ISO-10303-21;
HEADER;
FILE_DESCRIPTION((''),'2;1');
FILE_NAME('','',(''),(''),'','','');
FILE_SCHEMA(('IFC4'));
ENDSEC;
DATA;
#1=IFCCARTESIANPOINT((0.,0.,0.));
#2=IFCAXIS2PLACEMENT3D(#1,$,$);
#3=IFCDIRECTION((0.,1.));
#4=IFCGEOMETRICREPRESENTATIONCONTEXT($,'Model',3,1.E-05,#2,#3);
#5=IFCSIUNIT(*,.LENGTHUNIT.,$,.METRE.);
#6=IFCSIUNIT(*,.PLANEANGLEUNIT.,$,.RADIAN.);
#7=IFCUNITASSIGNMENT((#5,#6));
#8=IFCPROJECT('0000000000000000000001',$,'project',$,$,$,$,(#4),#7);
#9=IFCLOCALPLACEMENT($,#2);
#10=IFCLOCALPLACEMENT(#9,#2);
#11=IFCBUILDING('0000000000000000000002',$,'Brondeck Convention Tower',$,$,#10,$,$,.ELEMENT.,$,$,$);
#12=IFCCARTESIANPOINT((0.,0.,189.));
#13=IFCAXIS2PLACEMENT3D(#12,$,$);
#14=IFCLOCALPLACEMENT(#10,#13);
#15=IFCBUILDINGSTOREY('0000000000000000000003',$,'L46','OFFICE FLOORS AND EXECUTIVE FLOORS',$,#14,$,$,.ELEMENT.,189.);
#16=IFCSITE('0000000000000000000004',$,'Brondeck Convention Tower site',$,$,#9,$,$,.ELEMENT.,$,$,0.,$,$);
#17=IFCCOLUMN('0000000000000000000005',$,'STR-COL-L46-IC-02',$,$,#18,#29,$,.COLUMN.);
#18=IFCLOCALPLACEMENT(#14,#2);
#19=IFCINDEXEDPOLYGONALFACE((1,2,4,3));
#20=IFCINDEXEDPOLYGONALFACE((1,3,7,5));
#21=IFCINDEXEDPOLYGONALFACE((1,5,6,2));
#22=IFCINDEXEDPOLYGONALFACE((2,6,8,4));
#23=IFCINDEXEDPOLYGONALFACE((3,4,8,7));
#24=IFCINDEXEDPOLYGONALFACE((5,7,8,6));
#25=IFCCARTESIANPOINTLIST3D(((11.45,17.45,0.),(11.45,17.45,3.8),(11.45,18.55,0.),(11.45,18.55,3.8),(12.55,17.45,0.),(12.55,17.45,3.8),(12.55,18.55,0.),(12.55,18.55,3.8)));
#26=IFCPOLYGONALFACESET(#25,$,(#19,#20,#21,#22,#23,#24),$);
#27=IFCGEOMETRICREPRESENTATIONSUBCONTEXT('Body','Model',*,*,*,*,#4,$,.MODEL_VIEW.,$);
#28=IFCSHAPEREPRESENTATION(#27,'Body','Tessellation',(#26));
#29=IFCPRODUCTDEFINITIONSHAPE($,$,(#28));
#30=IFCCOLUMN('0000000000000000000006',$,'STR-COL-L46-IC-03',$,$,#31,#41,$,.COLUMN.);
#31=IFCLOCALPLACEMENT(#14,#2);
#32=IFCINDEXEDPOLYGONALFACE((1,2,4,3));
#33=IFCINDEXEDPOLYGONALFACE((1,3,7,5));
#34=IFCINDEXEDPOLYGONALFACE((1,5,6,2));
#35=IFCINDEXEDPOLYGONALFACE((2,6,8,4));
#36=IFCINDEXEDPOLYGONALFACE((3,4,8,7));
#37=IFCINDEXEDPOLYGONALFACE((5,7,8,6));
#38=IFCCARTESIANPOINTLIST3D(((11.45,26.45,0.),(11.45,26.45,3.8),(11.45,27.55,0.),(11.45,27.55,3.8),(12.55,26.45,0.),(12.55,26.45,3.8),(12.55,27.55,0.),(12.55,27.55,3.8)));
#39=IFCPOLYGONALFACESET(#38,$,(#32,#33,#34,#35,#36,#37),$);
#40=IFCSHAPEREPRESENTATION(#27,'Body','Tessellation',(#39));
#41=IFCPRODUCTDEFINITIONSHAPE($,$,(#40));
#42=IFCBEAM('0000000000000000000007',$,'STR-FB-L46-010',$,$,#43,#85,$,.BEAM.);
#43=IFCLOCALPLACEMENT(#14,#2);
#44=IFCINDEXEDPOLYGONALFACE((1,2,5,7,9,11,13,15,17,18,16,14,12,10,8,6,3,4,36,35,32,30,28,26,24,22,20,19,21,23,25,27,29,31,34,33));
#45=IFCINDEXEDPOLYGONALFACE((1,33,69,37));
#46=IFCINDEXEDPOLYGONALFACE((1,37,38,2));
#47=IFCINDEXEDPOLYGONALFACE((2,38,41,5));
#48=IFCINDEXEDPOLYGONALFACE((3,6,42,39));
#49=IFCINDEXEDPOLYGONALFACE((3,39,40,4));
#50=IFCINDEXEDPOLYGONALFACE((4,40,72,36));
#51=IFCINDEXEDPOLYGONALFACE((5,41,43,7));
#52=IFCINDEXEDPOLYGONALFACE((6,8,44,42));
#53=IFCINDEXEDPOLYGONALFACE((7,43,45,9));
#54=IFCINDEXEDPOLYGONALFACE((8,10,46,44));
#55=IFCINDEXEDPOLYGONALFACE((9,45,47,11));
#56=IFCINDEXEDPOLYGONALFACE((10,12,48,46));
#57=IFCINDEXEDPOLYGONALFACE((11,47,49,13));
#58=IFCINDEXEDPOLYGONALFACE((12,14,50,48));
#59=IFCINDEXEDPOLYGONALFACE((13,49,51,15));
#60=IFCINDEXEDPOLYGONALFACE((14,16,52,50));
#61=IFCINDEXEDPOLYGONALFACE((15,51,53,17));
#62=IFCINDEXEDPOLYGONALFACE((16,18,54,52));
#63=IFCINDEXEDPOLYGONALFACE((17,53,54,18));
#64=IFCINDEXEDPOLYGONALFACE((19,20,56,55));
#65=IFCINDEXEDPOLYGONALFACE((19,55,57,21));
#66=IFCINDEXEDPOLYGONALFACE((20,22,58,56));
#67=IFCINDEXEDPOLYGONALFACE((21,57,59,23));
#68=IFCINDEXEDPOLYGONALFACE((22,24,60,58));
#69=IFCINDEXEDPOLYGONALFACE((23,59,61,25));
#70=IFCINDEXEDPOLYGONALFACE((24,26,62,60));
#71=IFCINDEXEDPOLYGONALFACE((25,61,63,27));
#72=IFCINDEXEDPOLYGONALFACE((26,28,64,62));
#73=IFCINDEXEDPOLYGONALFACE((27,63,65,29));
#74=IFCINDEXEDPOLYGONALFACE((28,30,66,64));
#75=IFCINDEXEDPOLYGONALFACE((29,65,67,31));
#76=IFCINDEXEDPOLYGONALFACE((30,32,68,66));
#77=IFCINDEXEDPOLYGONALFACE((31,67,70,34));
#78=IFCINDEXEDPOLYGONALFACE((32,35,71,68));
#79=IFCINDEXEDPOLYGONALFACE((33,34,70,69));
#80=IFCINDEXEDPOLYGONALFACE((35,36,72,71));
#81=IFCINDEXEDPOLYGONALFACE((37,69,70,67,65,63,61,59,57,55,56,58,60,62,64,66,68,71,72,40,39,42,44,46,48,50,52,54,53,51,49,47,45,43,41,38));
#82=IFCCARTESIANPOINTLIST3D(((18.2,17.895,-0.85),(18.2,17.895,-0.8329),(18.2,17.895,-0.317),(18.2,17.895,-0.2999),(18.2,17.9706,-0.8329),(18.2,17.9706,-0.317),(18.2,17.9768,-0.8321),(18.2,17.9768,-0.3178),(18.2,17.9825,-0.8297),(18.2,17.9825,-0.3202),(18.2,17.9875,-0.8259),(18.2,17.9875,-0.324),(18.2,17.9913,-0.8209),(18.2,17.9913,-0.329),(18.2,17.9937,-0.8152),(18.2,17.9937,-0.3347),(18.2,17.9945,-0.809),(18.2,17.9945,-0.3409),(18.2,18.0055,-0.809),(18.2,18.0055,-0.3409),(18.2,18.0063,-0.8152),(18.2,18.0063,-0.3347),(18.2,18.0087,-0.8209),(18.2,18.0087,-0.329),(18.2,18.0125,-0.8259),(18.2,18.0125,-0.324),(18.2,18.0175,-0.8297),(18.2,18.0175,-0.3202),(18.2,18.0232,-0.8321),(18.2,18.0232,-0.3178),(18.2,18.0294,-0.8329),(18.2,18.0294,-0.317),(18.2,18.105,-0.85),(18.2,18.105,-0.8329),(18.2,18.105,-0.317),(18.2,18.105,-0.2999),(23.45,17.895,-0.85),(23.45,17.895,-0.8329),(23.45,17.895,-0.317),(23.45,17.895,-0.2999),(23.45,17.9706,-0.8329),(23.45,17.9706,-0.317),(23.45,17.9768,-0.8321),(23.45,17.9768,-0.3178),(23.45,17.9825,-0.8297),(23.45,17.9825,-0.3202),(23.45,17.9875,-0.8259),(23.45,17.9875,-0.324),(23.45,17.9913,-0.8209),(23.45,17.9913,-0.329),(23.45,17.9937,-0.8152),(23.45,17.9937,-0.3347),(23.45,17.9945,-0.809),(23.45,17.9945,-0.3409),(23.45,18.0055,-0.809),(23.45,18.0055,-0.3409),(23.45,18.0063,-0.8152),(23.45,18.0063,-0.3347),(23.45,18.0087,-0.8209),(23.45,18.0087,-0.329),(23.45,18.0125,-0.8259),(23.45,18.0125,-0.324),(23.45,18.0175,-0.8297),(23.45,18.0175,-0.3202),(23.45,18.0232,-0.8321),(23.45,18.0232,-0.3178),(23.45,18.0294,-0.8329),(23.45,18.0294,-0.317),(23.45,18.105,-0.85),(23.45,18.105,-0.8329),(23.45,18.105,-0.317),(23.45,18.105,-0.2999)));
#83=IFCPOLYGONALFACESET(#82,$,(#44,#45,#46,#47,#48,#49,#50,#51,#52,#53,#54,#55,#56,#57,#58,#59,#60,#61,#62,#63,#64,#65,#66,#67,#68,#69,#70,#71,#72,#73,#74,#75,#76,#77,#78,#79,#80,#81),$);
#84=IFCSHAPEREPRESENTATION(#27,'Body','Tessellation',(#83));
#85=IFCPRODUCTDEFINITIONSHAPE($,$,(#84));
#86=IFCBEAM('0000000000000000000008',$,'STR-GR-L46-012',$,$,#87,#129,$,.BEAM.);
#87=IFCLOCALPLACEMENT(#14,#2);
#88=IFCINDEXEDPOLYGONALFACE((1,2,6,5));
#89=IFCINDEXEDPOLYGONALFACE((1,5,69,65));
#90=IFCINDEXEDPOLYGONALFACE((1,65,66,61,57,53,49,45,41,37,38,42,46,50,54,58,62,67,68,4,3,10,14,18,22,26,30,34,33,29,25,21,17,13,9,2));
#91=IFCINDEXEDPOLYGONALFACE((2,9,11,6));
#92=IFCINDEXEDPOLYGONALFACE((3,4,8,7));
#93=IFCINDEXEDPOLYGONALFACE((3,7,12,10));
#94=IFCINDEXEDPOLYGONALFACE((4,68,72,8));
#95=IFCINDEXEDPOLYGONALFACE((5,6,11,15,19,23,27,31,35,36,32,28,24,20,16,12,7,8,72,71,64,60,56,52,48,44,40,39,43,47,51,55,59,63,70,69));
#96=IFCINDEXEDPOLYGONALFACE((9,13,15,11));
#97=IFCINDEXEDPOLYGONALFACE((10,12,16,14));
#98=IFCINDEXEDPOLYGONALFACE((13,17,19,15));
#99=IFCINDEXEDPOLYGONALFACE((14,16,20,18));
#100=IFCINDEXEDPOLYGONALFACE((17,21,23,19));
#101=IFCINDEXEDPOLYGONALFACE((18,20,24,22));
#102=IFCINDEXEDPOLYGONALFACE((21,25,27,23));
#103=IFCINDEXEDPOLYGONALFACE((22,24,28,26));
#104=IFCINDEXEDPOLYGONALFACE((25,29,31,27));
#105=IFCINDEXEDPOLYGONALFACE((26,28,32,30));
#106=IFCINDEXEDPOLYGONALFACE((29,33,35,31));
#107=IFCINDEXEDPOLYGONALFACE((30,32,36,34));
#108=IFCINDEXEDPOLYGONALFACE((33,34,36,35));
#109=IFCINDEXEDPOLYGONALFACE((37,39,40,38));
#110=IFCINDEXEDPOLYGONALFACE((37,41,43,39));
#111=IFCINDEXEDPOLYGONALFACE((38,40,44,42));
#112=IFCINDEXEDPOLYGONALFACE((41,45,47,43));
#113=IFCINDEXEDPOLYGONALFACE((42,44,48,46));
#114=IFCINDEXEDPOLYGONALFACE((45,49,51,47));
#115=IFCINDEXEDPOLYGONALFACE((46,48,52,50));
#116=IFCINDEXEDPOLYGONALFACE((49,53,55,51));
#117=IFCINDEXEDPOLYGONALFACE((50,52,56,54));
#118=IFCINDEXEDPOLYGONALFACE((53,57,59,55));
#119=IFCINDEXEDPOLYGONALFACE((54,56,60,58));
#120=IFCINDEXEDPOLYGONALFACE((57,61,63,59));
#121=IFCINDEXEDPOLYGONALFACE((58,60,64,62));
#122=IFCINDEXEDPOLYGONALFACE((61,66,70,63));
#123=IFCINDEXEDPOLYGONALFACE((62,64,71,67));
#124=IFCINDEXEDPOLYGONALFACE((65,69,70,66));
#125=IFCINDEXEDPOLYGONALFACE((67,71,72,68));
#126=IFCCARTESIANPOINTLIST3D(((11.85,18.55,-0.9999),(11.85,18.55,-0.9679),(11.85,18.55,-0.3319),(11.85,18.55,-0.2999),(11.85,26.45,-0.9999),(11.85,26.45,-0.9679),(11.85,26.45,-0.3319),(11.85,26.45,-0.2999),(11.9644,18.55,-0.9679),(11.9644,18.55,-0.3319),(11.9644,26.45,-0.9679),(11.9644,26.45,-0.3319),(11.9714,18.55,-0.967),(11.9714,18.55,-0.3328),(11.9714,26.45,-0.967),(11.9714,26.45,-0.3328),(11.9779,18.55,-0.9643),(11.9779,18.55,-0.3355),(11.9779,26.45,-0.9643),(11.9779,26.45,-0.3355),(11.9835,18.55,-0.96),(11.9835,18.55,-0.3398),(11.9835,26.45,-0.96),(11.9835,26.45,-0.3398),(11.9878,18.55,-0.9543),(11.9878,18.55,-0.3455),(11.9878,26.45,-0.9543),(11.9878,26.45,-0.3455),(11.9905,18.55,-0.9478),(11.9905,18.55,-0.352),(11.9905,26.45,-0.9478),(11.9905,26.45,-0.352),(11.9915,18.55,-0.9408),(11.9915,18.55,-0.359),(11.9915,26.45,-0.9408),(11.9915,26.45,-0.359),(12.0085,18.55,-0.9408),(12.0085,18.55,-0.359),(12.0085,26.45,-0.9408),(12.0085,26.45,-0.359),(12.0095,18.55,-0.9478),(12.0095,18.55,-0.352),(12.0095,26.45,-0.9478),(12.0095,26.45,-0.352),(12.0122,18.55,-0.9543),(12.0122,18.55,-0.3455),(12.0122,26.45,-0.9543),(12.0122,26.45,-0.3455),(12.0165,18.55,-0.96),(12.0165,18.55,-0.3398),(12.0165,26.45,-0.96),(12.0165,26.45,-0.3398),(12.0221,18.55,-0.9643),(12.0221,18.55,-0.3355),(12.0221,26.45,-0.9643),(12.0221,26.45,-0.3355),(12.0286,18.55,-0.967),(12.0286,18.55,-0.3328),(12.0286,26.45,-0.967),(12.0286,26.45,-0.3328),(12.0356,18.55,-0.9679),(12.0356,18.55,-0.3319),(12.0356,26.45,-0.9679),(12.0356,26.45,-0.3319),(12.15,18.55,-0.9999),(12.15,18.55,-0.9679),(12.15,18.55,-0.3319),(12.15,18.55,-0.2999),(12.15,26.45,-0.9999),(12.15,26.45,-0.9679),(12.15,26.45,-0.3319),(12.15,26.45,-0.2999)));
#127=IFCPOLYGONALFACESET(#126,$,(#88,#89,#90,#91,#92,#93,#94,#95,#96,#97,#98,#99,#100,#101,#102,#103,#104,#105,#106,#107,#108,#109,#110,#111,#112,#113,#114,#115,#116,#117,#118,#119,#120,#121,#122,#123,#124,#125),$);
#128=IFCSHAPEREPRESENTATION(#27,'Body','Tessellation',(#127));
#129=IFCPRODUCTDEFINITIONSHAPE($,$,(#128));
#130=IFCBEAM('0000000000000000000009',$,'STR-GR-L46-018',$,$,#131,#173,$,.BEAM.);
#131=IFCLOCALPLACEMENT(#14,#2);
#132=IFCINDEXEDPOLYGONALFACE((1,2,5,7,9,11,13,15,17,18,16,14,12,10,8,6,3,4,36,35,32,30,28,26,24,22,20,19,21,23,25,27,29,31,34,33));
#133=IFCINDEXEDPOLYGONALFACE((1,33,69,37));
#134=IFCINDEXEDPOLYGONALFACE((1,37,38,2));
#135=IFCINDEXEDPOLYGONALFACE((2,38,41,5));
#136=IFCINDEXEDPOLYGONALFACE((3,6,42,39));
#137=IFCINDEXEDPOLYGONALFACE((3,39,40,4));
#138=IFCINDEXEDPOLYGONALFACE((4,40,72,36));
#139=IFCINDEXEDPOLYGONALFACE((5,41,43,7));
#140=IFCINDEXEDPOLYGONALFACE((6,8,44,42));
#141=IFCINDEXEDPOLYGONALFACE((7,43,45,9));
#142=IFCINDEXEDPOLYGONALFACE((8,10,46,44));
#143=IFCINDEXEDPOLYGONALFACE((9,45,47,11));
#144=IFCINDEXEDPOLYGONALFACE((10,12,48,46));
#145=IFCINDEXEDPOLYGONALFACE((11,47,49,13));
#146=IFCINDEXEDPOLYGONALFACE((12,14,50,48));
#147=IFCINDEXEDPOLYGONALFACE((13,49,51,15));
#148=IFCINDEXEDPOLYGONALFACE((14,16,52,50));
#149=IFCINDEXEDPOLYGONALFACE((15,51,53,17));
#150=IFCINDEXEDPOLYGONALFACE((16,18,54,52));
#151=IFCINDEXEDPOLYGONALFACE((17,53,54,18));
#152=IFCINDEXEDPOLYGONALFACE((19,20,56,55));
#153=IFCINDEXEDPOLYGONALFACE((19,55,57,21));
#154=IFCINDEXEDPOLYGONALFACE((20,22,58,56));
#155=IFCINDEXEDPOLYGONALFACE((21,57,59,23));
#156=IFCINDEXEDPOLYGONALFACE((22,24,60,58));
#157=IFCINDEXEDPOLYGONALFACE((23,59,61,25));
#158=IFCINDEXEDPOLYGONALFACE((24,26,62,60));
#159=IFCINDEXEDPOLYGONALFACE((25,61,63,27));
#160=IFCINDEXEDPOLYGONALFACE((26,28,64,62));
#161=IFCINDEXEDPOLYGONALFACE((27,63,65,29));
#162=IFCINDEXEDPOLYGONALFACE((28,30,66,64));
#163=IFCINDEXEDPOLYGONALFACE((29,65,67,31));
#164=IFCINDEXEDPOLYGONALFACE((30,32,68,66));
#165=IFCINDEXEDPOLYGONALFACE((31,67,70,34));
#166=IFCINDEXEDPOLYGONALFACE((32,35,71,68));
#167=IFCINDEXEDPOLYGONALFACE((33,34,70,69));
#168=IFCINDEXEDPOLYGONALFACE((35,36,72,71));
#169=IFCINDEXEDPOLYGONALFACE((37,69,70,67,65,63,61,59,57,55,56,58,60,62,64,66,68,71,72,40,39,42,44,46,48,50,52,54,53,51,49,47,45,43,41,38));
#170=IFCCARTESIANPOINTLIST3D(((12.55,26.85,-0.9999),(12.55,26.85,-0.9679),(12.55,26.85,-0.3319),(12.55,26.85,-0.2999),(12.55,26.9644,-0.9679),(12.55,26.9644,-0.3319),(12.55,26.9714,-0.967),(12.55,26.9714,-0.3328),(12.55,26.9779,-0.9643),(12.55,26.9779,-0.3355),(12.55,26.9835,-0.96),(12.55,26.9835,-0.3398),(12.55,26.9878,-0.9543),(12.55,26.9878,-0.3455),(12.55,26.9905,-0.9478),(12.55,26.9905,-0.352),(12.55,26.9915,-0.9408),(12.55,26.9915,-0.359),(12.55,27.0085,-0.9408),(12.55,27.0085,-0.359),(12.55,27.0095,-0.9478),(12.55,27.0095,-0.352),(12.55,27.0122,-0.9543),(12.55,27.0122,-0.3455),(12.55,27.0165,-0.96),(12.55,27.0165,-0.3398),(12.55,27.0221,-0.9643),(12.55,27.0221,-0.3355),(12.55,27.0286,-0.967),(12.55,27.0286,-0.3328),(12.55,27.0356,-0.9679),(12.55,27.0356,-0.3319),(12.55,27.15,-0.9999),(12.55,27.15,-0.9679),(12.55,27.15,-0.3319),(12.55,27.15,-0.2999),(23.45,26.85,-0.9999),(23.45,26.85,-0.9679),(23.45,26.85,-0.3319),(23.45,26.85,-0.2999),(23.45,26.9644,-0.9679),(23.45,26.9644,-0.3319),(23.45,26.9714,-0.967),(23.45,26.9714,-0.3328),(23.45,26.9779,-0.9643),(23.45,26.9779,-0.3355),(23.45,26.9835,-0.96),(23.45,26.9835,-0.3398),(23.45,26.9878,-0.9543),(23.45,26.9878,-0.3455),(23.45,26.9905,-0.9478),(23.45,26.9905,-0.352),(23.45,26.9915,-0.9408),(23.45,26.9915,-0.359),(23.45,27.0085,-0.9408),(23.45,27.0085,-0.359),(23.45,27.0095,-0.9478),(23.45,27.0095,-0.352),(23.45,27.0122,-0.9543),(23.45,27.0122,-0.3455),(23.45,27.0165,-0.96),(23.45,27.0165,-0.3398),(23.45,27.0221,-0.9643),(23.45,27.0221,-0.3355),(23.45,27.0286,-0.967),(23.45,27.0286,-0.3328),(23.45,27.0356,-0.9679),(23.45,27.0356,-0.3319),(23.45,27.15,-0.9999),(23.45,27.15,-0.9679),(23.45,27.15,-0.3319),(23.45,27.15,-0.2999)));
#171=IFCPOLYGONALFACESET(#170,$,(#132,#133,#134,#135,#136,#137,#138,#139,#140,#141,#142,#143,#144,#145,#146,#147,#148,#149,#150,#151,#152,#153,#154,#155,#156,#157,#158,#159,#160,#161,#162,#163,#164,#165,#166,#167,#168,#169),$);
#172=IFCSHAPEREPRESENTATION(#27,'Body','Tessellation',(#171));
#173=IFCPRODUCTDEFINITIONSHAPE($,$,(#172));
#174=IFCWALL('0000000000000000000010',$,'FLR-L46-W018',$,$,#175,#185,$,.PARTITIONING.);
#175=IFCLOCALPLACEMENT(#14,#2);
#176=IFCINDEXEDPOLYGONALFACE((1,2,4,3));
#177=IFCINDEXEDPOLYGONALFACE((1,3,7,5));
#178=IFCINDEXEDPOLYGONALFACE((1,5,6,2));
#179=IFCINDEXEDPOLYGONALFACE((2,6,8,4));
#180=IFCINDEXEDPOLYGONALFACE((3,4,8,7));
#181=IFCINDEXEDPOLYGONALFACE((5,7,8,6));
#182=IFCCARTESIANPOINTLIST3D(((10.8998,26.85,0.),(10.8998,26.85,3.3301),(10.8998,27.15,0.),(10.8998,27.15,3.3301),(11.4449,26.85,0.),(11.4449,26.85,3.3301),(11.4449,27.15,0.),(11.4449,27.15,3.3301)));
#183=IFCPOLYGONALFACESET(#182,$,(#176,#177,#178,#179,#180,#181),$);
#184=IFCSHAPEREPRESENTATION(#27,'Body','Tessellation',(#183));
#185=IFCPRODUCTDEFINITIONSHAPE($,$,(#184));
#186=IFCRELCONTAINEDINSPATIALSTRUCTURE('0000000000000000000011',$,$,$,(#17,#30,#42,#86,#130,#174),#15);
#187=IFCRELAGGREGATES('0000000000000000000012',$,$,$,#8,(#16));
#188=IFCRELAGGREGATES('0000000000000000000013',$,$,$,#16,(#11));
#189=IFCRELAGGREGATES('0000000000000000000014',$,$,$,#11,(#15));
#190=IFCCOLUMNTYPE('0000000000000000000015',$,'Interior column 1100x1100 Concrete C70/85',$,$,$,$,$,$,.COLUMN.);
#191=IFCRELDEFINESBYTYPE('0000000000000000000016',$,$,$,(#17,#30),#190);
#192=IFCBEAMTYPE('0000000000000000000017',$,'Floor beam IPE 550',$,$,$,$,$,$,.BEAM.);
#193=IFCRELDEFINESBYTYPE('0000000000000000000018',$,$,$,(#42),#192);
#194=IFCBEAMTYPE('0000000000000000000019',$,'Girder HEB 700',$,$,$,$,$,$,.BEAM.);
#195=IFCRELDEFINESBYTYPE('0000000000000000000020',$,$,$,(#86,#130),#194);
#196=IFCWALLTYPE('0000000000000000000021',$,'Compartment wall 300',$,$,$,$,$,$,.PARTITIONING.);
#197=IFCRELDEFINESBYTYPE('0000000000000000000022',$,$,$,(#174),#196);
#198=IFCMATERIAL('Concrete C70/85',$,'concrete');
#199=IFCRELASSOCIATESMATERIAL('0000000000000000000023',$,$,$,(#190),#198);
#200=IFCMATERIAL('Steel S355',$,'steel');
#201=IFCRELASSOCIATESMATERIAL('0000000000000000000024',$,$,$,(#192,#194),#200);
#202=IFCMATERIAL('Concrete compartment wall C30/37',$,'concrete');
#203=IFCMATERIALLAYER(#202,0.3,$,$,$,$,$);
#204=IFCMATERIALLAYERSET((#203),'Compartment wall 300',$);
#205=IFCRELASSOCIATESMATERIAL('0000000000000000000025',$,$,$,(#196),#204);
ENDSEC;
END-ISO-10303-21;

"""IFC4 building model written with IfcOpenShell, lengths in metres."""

from ifc_helpers import new_model, si_unit, direction, frame, frame_2d, origin, origin_2d, place, context, subcontext, project, spatial, rectangle, i_section, extrude, material, layer, layer_set, material_profile, profile_set, type_object, element, save


model = new_model("IFC4")

# Units and contexts
model_context = context("Model", 3, precision=1e-05, world=origin(), true_north=direction((0.0, 1.0)))
body_context = subcontext(model_context, "Body", "Model", "MODEL_VIEW")
ifc_project = project(units=[si_unit("LENGTHUNIT", "METRE"), si_unit("PLANEANGLEUNIT", "RADIAN")], contexts=[model_context])

# Site, building, storey
site_placement = place(None, origin())
site = spatial("IfcSite", under=ifc_project, at=site_placement, Name="Brondeck Convention Tower site", CompositionType="ELEMENT", RefElevation=0.0)
building_placement = place(site_placement, origin())
building = spatial("IfcBuilding", under=site, at=building_placement, Name="Brondeck Convention Tower", CompositionType="ELEMENT")
storey_placement = place(building_placement, frame((0.0, 0.0, 189.0)))
storey = spatial("IfcBuildingStorey", under=building, at=storey_placement, Name="L46", Description="OFFICE FLOORS AND EXECUTIVE FLOORS", CompositionType="ELEMENT", Elevation=189.0)

# Columns
ifc_material_1 = material(Name="Concrete C70/85", Category="concrete")
ifc_material_profile_1 = material_profile(ifc_material_1, rectangle(XDim=1.1001, YDim=1.1001, at=origin_2d()), Name="Interior column 1100x1100 Concrete C70/85")
ifc_profile_set_1 = profile_set([ifc_material_profile_1], Name="Concrete C70/85")
column_type = type_object("IfcColumnType", Name="Interior column 1100x1100 Concrete C70/85", PredefinedType="COLUMN", material=ifc_profile_set_1)
for number, where, z_axis, x_axis, name in (
    (1, (12.0, 18.0, 0.0), (0.0, 0.0, 1.0), (1.0, 0.0, 0.0), "STR-COL-L46-IC-02"),
    (2, (12.0, 27.0, 0.0), (0.0, 0.0, 1.0), (1.0, 0.0, 0.0), "STR-COL-L46-IC-03"),
):
    element("IfcColumn", number, at=place(storey_placement, frame(where, z_axis=z_axis, x_axis=x_axis)), inside=storey, type_object=column_type, Name=name, PredefinedType="COLUMN", context=body_context, shape_type="SweptSolid", body=[
        extrude(rectangle(XDim=1.1001, YDim=1.1001, at=origin_2d()), origin(), (0.0, 0.0, 1.0), 3.8),
    ])

# Beams
ifc_material_2 = material(Name="Steel S355", Category="steel")
ifc_material_profile_2 = material_profile(ifc_material_2, i_section(OverallWidth=0.21, OverallDepth=0.55, WebThickness=0.011, FlangeThickness=0.0171, FilletRadius=0.0239, at=origin_2d()), Name="IPE 550")
ifc_profile_set_2 = profile_set([ifc_material_profile_2], Name="Steel S355")
beam_type_1 = type_object("IfcBeamType", Name="Floor beam IPE 550", PredefinedType="BEAM", material=ifc_profile_set_2)
beam_1_placement = place(storey_placement, frame((18.2, 18.0, -0.575), z_axis=(1.0, 0.0, 0.0), x_axis=(0.0, 1.0, 0.0)))
element("IfcBeam", 3, at=beam_1_placement, inside=storey, type_object=beam_type_1, Name="STR-FB-L46-010", PredefinedType="BEAM", context=body_context, shape_type="SweptSolid", body=[
    extrude(i_section(OverallWidth=0.21, OverallDepth=0.55, WebThickness=0.011, FlangeThickness=0.0171, FilletRadius=0.0239, at=origin_2d()), origin(), (0.0, 0.0, 1.0), 5.25),
])
ifc_material_profile_3 = material_profile(ifc_material_2, i_section(OverallWidth=0.3, OverallDepth=0.7, WebThickness=0.0171, FlangeThickness=0.032, FilletRadius=0.0271, at=origin_2d()), Name="HEB 700")
ifc_profile_set_3 = profile_set([ifc_material_profile_3], Name="Steel S355")
beam_type_2 = type_object("IfcBeamType", Name="Girder HEB 700", PredefinedType="BEAM", material=ifc_profile_set_3)
beam_2_placement = place(storey_placement, frame((12.0, 26.45, -0.6499), z_axis=(0.0, -1.0, 0.0), x_axis=(1.0, 0.0, 0.0)))
element("IfcBeam", 4, at=beam_2_placement, inside=storey, type_object=beam_type_2, Name="STR-GR-L46-012", PredefinedType="BEAM", context=body_context, shape_type="SweptSolid", body=[
    extrude(i_section(OverallWidth=0.3, OverallDepth=0.7, WebThickness=0.0171, FlangeThickness=0.032, FilletRadius=0.0271, at=origin_2d()), origin(), (0.0, 0.0, 1.0), 7.8999),
])
beam_3_placement = place(storey_placement, frame((12.55, 27.0, -0.6499), z_axis=(1.0, 0.0, 0.0), x_axis=(0.0, 1.0, 0.0)))
element("IfcBeam", 5, at=beam_3_placement, inside=storey, type_object=beam_type_2, Name="STR-GR-L46-018", PredefinedType="BEAM", context=body_context, shape_type="SweptSolid", body=[
    extrude(i_section(OverallWidth=0.3, OverallDepth=0.7, WebThickness=0.0171, FlangeThickness=0.032, FilletRadius=0.0271, at=origin_2d()), origin(), (0.0, 0.0, 1.0), 10.8999),
])

# Wall
ifc_material_3 = material(Name="Concrete compartment wall C30/37", Category="concrete")
ifc_layer_1 = layer(ifc_material_3, 0.3)
ifc_layer_set_1 = layer_set([ifc_layer_1], Name="Compartment wall 300")
wall_type_1 = type_object("IfcWallType", Name="Compartment wall 300", PredefinedType="PARTITIONING", material=ifc_layer_set_1)
wall_1_placement = place(storey_placement, frame((10.8999, 27.0, 0.0), z_axis=(0.0, 0.0, 1.0), x_axis=(1.0, 0.0, 0.0)))
element("IfcWall", 6, at=wall_1_placement, inside=storey, type_object=wall_type_1, Name="FLR-L46-W018", PredefinedType="PARTITIONING", context=body_context, shape_type="SweptSolid", body=[
    extrude(rectangle(XDim=0.5452, YDim=0.3, at=frame_2d((0.2725, 0.0))), origin(), (0.0, 0.0, 1.0), 3.3301),
])

save(model, "model.ifc")
